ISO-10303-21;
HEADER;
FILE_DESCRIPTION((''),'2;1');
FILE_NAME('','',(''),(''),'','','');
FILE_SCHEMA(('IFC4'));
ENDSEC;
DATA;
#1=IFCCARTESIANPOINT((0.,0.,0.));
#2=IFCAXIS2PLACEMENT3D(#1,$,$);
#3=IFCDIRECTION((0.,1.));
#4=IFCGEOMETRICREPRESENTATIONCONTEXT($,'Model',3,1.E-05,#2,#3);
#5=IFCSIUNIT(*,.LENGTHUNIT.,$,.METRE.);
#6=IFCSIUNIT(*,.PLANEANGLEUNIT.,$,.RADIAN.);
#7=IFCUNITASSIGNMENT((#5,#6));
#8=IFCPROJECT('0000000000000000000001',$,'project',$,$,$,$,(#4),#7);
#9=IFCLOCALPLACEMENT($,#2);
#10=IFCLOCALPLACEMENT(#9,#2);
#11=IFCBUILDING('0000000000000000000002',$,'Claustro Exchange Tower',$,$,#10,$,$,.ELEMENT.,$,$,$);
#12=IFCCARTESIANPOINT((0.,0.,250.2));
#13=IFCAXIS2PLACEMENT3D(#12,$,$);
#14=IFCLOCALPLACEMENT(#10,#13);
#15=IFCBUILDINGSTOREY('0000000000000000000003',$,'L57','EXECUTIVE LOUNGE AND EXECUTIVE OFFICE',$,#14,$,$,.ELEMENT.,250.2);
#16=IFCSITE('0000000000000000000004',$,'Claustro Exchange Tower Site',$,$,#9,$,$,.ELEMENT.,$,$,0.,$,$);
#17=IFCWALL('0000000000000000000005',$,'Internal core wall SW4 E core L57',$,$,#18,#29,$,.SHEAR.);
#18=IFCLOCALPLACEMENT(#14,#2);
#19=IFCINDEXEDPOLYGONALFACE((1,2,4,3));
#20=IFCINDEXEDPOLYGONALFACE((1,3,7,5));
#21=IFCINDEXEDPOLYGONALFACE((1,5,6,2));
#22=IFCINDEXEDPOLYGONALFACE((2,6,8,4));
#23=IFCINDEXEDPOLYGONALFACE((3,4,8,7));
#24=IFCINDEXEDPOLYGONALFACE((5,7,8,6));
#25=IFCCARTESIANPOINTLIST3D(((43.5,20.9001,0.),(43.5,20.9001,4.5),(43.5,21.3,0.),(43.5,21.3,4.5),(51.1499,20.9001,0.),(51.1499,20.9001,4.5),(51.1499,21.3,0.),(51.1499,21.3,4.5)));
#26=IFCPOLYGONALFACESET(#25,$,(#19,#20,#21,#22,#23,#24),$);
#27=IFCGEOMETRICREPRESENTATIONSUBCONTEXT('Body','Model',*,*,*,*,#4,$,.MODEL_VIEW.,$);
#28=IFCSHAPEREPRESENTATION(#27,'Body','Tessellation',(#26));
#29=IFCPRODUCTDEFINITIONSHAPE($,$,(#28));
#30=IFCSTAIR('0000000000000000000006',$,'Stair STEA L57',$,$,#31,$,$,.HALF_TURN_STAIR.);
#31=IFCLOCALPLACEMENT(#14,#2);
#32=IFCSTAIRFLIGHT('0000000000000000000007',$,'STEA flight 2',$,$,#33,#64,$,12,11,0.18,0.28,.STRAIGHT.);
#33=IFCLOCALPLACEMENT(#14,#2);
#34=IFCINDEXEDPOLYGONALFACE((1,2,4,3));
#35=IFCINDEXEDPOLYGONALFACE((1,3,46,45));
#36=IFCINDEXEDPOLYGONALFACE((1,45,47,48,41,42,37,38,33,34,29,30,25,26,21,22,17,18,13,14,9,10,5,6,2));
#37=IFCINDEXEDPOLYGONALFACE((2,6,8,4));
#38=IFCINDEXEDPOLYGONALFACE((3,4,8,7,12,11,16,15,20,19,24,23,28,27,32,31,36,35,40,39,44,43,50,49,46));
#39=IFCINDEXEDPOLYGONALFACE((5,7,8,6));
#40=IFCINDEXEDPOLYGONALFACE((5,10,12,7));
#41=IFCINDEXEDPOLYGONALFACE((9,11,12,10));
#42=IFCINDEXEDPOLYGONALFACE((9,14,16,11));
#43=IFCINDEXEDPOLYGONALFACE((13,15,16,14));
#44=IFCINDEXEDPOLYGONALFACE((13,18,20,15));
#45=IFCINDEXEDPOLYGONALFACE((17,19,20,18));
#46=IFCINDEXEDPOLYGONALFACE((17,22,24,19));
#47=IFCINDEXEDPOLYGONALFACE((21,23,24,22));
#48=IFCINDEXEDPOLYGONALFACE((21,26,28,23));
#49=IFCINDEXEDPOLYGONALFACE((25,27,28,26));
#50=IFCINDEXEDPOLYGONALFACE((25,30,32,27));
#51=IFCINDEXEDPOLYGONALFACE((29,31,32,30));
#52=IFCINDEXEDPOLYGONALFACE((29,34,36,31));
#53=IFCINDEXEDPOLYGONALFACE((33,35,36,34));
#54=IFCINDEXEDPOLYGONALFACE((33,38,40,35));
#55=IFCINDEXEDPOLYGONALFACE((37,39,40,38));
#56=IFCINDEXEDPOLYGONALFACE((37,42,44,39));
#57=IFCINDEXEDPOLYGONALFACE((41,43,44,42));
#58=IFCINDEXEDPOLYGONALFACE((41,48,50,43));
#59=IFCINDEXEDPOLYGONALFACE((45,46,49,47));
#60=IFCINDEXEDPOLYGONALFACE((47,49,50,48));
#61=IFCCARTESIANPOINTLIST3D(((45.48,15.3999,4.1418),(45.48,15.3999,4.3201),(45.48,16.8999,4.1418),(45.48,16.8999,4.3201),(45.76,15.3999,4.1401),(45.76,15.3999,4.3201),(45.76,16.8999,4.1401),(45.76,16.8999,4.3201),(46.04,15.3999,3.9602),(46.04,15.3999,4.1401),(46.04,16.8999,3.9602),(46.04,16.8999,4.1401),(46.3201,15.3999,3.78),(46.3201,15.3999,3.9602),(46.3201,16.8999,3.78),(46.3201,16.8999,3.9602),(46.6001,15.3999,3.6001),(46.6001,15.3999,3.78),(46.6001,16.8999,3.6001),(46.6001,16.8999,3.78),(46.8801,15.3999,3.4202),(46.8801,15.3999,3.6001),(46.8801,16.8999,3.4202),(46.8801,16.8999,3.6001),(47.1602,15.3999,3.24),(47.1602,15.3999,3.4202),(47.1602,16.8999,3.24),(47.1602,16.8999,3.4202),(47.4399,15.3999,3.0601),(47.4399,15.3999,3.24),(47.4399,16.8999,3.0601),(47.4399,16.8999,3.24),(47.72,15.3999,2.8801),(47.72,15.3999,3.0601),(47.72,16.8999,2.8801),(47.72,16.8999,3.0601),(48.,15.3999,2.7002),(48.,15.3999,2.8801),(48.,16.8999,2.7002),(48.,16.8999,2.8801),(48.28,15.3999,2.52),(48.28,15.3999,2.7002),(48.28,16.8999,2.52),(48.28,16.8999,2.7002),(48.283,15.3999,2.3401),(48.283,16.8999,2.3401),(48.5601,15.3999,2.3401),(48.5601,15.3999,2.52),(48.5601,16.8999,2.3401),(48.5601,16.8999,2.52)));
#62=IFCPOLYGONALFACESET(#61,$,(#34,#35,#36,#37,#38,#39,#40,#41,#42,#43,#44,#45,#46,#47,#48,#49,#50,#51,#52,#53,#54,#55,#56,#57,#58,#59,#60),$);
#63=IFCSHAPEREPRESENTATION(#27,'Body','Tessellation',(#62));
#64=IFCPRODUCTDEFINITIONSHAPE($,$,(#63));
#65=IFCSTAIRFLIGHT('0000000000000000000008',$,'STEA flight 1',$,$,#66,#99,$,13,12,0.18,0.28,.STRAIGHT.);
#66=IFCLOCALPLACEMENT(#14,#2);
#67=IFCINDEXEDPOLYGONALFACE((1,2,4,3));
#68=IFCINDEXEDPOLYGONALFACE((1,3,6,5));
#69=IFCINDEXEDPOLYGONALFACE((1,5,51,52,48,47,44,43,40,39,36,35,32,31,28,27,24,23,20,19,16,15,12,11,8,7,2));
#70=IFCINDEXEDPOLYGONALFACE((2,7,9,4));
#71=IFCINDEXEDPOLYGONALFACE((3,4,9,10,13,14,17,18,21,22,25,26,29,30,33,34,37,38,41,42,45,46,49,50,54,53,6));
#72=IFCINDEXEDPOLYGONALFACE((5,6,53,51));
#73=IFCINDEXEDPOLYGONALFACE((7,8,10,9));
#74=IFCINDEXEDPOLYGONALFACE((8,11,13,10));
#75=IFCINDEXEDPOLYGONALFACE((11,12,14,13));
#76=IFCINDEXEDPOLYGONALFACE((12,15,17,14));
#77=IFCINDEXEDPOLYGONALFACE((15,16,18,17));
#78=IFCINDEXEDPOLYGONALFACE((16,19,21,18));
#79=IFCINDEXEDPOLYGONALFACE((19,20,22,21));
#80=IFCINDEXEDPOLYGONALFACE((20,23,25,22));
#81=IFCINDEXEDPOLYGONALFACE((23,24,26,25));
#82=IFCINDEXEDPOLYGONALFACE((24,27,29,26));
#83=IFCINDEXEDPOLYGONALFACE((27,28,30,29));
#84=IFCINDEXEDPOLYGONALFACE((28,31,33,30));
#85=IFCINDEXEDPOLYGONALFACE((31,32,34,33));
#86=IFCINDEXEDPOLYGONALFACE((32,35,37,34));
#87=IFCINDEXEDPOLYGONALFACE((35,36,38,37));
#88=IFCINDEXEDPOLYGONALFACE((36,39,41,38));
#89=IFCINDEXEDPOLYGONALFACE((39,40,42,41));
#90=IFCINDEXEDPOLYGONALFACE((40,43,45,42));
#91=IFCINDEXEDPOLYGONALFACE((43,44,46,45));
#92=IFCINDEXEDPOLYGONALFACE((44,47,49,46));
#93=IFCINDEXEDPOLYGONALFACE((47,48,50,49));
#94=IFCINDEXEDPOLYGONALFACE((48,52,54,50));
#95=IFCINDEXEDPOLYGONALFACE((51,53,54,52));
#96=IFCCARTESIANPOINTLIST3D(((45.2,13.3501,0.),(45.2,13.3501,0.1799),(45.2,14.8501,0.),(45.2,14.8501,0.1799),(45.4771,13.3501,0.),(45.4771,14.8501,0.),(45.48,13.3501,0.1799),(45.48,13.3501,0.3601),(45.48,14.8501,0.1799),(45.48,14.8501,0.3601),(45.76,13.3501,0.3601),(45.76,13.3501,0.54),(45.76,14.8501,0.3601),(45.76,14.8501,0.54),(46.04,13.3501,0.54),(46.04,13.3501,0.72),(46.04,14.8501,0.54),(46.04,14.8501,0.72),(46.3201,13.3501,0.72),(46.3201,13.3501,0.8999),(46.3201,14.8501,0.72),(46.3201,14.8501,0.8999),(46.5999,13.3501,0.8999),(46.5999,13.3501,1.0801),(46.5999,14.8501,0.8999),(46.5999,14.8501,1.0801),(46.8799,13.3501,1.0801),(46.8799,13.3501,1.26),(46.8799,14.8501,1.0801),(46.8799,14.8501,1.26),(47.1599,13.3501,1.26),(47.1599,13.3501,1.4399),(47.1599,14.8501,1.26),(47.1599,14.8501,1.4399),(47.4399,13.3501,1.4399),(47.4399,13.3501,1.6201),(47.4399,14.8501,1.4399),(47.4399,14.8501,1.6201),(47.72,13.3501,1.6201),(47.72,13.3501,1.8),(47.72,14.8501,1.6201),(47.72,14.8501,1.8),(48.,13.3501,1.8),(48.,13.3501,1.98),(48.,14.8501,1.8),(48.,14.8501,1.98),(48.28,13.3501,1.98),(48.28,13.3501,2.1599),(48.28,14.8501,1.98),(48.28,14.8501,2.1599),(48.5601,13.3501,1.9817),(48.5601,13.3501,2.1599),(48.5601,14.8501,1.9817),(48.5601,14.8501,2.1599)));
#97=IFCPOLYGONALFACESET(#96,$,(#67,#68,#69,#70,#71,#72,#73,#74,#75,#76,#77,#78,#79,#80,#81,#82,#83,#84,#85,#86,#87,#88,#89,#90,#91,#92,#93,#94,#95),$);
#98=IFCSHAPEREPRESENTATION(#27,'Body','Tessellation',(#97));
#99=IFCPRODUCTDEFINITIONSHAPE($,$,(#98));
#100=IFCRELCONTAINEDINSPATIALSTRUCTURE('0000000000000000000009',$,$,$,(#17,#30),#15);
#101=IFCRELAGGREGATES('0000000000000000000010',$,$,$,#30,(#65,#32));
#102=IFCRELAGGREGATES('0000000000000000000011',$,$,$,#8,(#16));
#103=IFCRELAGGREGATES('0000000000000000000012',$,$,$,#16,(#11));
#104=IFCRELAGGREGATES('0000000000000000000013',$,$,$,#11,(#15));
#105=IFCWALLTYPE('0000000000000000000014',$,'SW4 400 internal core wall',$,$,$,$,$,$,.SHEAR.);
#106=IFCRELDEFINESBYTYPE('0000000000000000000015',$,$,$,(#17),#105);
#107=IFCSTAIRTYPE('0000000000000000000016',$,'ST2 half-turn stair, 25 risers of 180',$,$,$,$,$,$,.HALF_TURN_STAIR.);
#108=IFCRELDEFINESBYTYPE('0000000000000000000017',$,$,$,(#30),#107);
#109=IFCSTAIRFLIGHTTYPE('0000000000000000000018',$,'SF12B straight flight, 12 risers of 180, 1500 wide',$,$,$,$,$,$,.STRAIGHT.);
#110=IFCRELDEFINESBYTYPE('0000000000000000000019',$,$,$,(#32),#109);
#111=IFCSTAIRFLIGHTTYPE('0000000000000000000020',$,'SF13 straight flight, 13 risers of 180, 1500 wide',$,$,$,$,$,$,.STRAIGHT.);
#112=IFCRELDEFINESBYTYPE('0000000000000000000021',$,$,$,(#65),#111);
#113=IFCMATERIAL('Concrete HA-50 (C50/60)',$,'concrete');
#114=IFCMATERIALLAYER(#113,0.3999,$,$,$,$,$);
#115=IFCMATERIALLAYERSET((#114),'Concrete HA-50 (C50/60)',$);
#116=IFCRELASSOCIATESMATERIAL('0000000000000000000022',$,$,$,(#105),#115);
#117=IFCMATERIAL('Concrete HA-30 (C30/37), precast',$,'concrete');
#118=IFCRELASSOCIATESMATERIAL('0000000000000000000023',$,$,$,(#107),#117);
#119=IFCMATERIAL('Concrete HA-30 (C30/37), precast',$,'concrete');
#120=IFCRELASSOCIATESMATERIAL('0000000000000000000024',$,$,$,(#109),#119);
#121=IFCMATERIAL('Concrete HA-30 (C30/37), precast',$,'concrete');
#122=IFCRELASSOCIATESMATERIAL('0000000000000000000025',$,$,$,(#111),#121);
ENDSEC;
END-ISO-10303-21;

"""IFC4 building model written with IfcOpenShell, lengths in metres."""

from ifc_helpers import new_model, si_unit, direction, frame, frame_2d, origin, place, context, subcontext, project, spatial, polyline, rectangle, outline, extrude, material, layer, layer_set, type_object, element, aggregate, save


model = new_model("IFC4")

# Units and contexts
model_context = context("Model", 3, precision=1e-05, world=origin(), true_north=direction((0.0, 1.0)))
body_context = subcontext(model_context, "Body", "Model", "MODEL_VIEW")
ifc_project = project(units=[si_unit("LENGTHUNIT", "METRE"), si_unit("PLANEANGLEUNIT", "RADIAN")], contexts=[model_context])

# Site, building, storey
site_placement = place(None, origin())
site = spatial("IfcSite", under=ifc_project, at=site_placement, Name="Claustro Exchange Tower Site", CompositionType="ELEMENT", RefElevation=0.0)
building_placement = place(site_placement, origin())
building = spatial("IfcBuilding", under=site, at=building_placement, Name="Claustro Exchange Tower", CompositionType="ELEMENT")
storey_placement = place(building_placement, frame((0.0, 0.0, 250.2)))
storey = spatial("IfcBuildingStorey", under=building, at=storey_placement, Name="L57", Description="EXECUTIVE LOUNGE AND EXECUTIVE OFFICE", CompositionType="ELEMENT", Elevation=250.2)

# Shared definitions
ifc_material_1 = material(Name="Concrete HA-50 (C50/60)", Category="concrete")
ifc_layer_1 = layer(ifc_material_1, 0.3999)
ifc_layer_set_1 = layer_set([ifc_layer_1], Name="Concrete HA-50 (C50/60)")
wall_type_1 = type_object("IfcWallType", Name="SW4 400 internal core wall", PredefinedType="SHEAR", material=ifc_layer_set_1)

# Wall
for number, where, z_axis, x_axis, name in (
    (1, (51.1499, 21.1001, 0.0), (0.0, 0.0, 1.0), (-1.0, 0.0, 0.0), "Internal core wall SW4 E core L57"),
):
    element("IfcWall", number, at=place(storey_placement, frame(where, z_axis=z_axis, x_axis=x_axis)), inside=storey, type_object=wall_type_1, Name=name, PredefinedType="SHEAR", context=body_context, shape_type="SweptSolid", body=[
        extrude(rectangle(XDim=7.6499, YDim=0.3999, at=frame_2d((3.825, 0.0))), origin(), (0.0, 0.0, 1.0), 4.5),
    ])

# Stair, stair flights
ifc_material_2 = material(Name="Concrete HA-30 (C30/37), precast", Category="concrete")
stair_type = type_object("IfcStairType", Name="ST2 half-turn stair, 25 risers of 180", PredefinedType="HALF_TURN_STAIR", material=ifc_material_2)
stair_placement = place(storey_placement, origin())
stair = element("IfcStair", 2, at=stair_placement, inside=storey, type_object=stair_type, Name="Stair STEA L57", PredefinedType="HALF_TURN_STAIR")
ifc_material_3 = material(Name="Concrete HA-30 (C30/37), precast", Category="concrete")
stair_flight_type_1 = type_object("IfcStairFlightType", Name="SF12B straight flight, 12 risers of 180, 1500 wide", PredefinedType="STRAIGHT", material=ifc_material_3)
stair_flight_1_placement = place(storey_placement, frame((48.5601, 16.1499, 2.3401), z_axis=(0.0, 0.0, 1.0), x_axis=(-1.0, 0.0, 0.0)))
stair_flight_1 = element("IfcStairFlight", 3, at=stair_flight_1_placement, type_object=stair_flight_type_1, Name="STEA flight 2", NumberOfRisers=12, NumberOfTreads=11, PredefinedType="STRAIGHT", RiserHeight=0.18, TreadLength=0.28, context=body_context, shape_type="SweptSolid", body=[
    extrude(outline(polyline([(0.0, 0.0), (0.0, 0.1799), (0.28, 0.1799), (0.28, 0.3601), (0.5601, 0.3601), (0.5601, 0.54), (0.8401, 0.54), (0.8401, 0.72), (1.1201, 0.72), (1.1201, 0.8999), (1.3999, 0.8999), (1.3999, 1.0801), (1.6799, 1.0801), (1.6799, 1.26), (1.96, 1.26), (1.96, 1.4399), (2.24, 1.4399), (2.24, 1.6201), (2.52, 1.6201), (2.52, 1.8), (2.8, 1.8), (2.8, 1.98), (3.0801, 1.98), (3.0801, 2.1599), (3.0801, 1.8018), (0.2771, 0.0), (0.0, 0.0)])), frame((0.0, 0.75, 0.0), z_axis=(0.0, -1.0, 0.0), x_axis=(1.0, 0.0, 0.0)), (0.0, 0.0, 1.0), 1.5),
])
ifc_material_4 = material(Name="Concrete HA-30 (C30/37), precast", Category="concrete")
stair_flight_type_2 = type_object("IfcStairFlightType", Name="SF13 straight flight, 13 risers of 180, 1500 wide", PredefinedType="STRAIGHT", material=ifc_material_4)
stair_flight_2_placement = place(storey_placement, frame((45.2, 14.1001, 0.0), z_axis=(0.0, 0.0, 1.0), x_axis=(1.0, 0.0, 0.0)))
stair_flight_2 = element("IfcStairFlight", 4, at=stair_flight_2_placement, type_object=stair_flight_type_2, Name="STEA flight 1", NumberOfRisers=13, NumberOfTreads=12, PredefinedType="STRAIGHT", RiserHeight=0.18, TreadLength=0.28, context=body_context, shape_type="SweptSolid", body=[
    extrude(outline(polyline([(0.0, 0.0), (0.0, 0.1799), (0.28, 0.1799), (0.28, 0.3601), (0.5601, 0.3601), (0.5601, 0.54), (0.8401, 0.54), (0.8401, 0.72), (1.1201, 0.72), (1.1201, 0.8999), (1.3999, 0.8999), (1.3999, 1.0801), (1.6799, 1.0801), (1.6799, 1.26), (1.96, 1.26), (1.96, 1.4399), (2.24, 1.4399), (2.24, 1.6201), (2.52, 1.6201), (2.52, 1.8), (2.8, 1.8), (2.8, 1.98), (3.0801, 1.98), (3.0801, 2.1599), (3.3601, 2.1599), (3.3601, 2.3401), (3.3601, 1.9817), (0.2771, 0.0), (0.0, 0.0)])), frame((0.0, 0.75, 0.0), z_axis=(0.0, -1.0, 0.0), x_axis=(1.0, 0.0, 0.0)), (0.0, 0.0, 1.0), 1.5),
])
aggregate(stair, [stair_flight_2, stair_flight_1])

save(model, "model.ifc")
